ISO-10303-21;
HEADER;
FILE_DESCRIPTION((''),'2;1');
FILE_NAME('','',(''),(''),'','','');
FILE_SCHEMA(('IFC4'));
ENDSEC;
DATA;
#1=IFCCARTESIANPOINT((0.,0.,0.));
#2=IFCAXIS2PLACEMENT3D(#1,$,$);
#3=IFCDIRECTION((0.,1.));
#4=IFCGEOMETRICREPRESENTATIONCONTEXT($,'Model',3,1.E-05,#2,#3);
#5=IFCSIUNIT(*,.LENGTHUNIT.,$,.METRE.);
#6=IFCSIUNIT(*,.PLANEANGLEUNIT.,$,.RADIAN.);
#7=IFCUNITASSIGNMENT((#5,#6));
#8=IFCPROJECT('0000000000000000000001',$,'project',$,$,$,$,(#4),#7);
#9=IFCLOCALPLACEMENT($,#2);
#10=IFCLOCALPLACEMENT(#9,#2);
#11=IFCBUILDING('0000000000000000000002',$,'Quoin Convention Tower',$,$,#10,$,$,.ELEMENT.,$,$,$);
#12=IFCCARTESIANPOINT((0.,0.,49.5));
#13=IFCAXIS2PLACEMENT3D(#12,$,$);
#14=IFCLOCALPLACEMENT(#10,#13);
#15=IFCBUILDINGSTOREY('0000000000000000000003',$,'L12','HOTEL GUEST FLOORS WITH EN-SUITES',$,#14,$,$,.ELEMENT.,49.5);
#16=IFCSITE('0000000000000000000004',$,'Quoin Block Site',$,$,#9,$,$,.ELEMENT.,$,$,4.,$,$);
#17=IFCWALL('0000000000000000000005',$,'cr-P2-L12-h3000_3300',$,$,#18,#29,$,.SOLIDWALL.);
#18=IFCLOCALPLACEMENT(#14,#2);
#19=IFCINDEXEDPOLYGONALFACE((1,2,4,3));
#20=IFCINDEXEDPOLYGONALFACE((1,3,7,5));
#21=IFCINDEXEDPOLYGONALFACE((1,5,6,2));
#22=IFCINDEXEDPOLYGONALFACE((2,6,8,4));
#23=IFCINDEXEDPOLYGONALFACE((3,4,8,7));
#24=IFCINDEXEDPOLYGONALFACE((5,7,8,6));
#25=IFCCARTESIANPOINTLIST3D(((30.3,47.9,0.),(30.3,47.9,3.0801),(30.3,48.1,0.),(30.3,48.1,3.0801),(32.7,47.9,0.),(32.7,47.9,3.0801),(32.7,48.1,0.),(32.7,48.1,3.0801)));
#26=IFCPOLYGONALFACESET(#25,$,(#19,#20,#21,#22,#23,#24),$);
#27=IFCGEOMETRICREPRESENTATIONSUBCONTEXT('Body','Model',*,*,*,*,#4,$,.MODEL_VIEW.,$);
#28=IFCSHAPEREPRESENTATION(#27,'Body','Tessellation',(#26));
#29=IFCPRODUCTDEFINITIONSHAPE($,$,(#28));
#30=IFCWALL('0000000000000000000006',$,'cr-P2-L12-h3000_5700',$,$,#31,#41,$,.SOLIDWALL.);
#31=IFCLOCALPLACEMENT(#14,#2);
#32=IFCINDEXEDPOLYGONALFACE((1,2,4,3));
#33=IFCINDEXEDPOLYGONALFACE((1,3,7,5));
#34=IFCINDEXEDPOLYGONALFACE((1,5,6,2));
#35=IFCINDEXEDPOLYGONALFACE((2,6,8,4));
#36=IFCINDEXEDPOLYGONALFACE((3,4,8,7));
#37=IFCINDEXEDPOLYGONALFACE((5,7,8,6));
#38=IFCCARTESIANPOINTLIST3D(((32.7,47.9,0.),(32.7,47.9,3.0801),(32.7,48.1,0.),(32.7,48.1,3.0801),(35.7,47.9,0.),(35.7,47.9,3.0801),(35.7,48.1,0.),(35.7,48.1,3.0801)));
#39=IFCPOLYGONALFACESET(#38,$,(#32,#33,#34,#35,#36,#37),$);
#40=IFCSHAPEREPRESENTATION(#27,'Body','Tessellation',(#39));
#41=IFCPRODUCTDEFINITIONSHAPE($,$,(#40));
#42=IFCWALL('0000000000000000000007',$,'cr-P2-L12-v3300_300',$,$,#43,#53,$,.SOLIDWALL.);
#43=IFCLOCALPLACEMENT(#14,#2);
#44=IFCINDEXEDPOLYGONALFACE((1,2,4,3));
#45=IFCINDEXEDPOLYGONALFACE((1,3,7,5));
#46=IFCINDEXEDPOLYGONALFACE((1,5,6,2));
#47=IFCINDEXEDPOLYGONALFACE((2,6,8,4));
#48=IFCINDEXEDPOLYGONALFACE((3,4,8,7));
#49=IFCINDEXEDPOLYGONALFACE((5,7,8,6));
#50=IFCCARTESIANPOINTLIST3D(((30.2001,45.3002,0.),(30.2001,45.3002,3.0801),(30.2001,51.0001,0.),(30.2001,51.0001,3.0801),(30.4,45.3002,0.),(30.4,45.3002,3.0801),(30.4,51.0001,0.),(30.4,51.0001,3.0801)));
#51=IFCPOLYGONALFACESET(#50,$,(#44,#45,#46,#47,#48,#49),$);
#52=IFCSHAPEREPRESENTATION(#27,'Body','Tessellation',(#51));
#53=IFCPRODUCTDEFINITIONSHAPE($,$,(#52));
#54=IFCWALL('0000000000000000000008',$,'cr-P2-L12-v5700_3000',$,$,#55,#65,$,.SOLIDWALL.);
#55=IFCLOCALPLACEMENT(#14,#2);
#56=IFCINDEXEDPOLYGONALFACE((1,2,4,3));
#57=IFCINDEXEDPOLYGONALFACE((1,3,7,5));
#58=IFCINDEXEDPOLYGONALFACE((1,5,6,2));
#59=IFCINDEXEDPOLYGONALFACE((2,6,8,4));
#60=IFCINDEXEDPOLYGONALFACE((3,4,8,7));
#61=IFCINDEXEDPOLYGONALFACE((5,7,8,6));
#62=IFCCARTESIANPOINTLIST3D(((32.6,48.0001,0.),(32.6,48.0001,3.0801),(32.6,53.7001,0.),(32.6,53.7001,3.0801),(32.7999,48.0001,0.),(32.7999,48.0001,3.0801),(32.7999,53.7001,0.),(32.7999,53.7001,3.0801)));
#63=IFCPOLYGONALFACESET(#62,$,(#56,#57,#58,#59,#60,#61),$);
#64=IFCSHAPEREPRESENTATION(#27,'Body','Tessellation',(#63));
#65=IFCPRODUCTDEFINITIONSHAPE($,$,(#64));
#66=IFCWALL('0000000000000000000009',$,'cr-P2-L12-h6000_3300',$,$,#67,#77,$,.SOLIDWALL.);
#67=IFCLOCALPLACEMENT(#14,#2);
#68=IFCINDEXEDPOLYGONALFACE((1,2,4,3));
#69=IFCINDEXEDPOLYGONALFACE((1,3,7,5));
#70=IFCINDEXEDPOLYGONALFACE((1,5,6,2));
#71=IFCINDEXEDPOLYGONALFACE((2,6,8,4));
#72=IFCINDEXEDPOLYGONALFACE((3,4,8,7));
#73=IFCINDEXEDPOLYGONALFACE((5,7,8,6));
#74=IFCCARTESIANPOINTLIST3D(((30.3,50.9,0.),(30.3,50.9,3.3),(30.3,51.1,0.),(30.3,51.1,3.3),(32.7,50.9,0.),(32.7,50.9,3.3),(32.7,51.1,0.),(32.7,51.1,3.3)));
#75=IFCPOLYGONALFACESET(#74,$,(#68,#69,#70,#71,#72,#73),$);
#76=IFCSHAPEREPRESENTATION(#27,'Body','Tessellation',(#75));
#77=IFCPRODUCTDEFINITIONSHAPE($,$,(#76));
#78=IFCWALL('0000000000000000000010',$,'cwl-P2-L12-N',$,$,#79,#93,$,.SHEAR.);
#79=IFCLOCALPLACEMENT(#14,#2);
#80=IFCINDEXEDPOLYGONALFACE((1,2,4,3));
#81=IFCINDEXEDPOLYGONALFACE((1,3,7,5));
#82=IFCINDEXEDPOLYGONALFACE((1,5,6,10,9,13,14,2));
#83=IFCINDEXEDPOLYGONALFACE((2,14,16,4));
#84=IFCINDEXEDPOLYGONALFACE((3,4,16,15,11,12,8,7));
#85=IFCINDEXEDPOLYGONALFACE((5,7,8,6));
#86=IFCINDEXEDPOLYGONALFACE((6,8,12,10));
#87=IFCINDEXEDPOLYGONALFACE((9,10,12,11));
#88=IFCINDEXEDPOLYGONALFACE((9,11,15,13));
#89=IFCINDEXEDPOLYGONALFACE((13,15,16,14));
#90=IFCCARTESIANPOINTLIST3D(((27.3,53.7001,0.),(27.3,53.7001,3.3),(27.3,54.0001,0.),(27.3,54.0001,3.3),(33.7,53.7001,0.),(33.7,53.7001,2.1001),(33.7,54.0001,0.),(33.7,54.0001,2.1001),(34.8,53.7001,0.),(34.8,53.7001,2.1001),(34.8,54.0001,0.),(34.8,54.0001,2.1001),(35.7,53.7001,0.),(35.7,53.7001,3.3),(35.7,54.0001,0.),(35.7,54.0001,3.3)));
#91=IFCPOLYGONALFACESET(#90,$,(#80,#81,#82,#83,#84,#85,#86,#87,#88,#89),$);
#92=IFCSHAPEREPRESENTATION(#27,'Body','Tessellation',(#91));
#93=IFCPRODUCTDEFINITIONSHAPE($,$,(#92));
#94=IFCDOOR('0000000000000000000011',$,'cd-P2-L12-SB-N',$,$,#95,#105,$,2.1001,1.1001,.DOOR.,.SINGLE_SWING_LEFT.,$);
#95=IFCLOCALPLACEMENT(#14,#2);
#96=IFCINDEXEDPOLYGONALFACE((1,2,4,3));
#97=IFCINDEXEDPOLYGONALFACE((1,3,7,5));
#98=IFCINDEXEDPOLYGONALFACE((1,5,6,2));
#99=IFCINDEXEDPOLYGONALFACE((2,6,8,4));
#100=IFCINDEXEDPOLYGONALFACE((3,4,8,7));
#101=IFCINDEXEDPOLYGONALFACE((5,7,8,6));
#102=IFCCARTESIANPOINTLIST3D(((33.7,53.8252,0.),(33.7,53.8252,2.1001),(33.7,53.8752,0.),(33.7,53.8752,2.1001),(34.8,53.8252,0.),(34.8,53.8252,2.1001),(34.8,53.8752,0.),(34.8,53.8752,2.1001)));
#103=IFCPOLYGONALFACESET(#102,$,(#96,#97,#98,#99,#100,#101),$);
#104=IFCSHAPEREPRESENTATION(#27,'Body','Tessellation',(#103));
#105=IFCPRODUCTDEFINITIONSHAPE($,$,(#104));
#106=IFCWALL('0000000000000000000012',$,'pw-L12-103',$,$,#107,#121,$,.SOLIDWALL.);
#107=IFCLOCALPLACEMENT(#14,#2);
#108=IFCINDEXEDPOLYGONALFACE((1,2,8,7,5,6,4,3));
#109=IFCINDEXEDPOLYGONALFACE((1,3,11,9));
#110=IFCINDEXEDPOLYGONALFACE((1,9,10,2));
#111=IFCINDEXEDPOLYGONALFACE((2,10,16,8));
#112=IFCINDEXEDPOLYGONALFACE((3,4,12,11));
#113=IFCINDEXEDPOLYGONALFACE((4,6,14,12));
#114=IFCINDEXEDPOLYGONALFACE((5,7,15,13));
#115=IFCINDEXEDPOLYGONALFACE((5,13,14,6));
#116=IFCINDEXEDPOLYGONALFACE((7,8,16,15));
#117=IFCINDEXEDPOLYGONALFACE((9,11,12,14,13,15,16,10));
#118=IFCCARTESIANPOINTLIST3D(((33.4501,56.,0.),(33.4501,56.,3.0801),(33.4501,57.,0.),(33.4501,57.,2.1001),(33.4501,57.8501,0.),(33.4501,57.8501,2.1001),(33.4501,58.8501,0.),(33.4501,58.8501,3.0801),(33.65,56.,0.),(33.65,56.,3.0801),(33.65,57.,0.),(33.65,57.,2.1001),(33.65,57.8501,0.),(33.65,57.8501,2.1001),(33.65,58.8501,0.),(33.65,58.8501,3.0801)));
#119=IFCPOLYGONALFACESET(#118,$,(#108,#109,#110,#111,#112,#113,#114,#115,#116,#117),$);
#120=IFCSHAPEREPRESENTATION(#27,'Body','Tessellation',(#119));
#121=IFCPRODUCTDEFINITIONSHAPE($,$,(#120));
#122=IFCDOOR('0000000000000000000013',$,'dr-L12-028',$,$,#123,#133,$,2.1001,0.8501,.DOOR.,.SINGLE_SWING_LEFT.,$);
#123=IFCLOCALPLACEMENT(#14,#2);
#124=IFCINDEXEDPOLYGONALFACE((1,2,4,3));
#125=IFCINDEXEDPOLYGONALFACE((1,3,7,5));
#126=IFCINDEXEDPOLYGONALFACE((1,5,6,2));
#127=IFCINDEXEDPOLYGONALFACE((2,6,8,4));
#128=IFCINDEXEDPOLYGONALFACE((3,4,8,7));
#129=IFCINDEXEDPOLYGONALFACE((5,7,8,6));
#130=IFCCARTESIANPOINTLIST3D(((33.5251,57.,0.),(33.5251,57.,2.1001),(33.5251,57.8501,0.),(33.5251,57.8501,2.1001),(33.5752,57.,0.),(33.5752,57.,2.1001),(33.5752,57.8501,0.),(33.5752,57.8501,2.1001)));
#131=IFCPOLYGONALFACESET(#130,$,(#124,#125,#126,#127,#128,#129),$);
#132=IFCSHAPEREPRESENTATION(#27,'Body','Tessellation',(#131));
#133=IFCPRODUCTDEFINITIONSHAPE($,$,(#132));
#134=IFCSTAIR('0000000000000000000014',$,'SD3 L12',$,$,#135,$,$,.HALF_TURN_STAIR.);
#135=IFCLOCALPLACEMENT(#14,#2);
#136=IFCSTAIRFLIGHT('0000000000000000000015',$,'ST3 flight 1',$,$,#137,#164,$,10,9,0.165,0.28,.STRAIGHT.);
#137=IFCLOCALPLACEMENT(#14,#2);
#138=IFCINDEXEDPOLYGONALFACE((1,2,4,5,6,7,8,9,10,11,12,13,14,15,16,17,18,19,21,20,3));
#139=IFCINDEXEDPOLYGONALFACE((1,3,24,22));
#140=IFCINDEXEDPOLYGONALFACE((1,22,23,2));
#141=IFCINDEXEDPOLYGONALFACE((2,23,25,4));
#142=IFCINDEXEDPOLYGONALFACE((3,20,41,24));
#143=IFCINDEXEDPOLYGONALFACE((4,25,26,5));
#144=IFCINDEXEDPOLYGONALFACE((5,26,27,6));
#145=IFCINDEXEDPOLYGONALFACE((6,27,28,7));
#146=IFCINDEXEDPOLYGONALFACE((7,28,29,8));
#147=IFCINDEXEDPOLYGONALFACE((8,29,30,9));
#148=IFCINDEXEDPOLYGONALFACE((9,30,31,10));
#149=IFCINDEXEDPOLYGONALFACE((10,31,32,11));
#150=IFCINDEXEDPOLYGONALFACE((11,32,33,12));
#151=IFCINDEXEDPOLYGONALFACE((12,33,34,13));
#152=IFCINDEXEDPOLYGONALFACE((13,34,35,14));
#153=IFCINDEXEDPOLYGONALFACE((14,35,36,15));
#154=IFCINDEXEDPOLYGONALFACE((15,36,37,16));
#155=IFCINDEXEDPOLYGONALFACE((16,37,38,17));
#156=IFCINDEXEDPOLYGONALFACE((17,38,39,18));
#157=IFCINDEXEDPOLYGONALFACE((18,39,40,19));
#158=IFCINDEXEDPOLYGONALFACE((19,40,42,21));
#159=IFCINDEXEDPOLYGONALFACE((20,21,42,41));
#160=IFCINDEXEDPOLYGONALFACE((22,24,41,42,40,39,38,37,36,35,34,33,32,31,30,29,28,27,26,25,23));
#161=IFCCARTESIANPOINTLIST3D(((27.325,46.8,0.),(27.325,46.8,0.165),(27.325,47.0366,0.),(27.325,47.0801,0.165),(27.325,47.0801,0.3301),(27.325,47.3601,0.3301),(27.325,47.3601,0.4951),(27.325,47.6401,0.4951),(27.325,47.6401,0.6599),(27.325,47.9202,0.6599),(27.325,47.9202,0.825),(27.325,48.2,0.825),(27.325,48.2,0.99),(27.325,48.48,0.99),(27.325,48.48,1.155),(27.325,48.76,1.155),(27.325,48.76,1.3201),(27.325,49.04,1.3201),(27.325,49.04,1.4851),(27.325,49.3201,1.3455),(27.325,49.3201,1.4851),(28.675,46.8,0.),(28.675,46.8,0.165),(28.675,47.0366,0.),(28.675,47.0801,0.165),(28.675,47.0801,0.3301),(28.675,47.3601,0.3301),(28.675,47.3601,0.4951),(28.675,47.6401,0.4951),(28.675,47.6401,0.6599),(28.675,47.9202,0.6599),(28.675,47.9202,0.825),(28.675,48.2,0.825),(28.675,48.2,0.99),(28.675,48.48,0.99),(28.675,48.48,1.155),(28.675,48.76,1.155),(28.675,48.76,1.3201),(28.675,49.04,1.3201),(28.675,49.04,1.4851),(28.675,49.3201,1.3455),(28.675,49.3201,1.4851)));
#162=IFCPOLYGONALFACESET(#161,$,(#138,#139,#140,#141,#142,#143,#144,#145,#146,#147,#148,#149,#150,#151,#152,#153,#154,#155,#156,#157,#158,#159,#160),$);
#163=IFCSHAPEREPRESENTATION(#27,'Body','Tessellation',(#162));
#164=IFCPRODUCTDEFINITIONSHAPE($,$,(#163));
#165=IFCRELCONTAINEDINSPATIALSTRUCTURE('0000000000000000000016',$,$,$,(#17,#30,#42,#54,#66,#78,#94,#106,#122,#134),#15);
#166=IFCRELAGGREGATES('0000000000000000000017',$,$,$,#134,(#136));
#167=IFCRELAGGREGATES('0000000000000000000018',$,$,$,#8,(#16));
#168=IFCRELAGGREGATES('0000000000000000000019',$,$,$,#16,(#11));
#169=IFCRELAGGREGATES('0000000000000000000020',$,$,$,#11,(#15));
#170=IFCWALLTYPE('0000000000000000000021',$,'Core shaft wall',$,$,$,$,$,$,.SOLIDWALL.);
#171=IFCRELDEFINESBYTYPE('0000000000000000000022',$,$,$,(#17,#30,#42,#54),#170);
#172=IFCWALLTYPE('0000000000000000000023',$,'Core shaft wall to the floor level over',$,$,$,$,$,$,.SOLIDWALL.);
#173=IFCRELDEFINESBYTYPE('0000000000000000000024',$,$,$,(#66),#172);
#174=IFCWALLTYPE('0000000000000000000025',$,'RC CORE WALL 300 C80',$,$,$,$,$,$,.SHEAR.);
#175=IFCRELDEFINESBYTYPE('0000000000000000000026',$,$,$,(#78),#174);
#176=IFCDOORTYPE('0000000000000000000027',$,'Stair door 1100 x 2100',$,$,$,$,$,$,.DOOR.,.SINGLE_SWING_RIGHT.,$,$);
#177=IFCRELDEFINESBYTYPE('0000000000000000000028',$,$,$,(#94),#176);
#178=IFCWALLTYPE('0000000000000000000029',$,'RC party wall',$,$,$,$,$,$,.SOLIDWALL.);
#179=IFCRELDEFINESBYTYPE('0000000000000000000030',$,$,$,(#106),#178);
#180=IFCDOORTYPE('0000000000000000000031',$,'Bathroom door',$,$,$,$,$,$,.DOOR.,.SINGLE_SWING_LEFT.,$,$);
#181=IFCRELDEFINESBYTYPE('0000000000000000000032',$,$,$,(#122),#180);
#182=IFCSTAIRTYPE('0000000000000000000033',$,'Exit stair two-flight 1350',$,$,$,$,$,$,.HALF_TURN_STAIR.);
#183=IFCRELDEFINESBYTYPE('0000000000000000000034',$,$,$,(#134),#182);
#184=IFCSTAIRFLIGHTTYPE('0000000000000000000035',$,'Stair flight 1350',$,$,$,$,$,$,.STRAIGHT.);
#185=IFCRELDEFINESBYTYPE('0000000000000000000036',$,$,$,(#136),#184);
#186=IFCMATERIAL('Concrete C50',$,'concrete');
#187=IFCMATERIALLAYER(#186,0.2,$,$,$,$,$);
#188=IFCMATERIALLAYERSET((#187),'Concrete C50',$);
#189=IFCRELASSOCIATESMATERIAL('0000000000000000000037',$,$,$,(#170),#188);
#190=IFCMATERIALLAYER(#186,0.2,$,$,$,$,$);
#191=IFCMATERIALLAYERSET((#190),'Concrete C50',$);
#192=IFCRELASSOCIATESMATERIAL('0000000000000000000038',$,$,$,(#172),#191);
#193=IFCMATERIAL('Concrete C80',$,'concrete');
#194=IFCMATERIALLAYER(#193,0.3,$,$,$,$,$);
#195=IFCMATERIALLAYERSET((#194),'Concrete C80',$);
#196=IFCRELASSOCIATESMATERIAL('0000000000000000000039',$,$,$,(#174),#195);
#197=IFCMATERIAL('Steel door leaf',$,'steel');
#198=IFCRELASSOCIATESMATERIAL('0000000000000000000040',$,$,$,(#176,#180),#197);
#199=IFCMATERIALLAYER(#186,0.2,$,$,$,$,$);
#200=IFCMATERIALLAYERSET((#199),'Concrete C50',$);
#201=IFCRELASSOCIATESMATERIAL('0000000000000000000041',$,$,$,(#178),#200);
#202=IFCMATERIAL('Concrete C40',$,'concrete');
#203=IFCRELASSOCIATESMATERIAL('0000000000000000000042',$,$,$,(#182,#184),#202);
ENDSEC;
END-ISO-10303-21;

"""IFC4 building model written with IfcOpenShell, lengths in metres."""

from ifc_helpers import new_model, si_unit, direction, frame, frame_2d, origin, place, context, subcontext, project, spatial, polyline, rectangle, outline, extrude, material, layer, layer_set, type_object, element, fill, aggregate, save


model = new_model("IFC4")

# Units and contexts
model_context = context("Model", 3, precision=1e-05, world=origin(), true_north=direction((0.0, 1.0)))
body_context = subcontext(model_context, "Body", "Model", "MODEL_VIEW")
ifc_project = project(units=[si_unit("LENGTHUNIT", "METRE"), si_unit("PLANEANGLEUNIT", "RADIAN")], contexts=[model_context])

# Site, building, storey
site_placement = place(None, origin())
site = spatial("IfcSite", under=ifc_project, at=site_placement, Name="Quoin Block Site", CompositionType="ELEMENT", RefElevation=4.0)
building_placement = place(site_placement, origin())
building = spatial("IfcBuilding", under=site, at=building_placement, Name="Quoin Convention Tower", CompositionType="ELEMENT")
storey_placement = place(building_placement, frame((0.0, 0.0, 49.5)))
storey = spatial("IfcBuildingStorey", under=building, at=storey_placement, Name="L12", Description="HOTEL GUEST FLOORS WITH EN-SUITES", CompositionType="ELEMENT", Elevation=49.5)

# Walls
ifc_material_1 = material(Name="Concrete C50", Category="concrete")
ifc_layer_1 = layer(ifc_material_1, 0.2)
ifc_layer_set_1 = layer_set([ifc_layer_1], Name="Concrete C50")
wall_type_1 = type_object("IfcWallType", Name="Core shaft wall", PredefinedType="SOLIDWALL", material=ifc_layer_set_1)
wall_1_placement = place(storey_placement, frame((30.3, 48.0, 0.0), z_axis=(0.0, 0.0, 1.0), x_axis=(1.0, 0.0, 0.0)))
element("IfcWall", 1, at=wall_1_placement, inside=storey, type_object=wall_type_1, Name="cr-P2-L12-h3000_3300", PredefinedType="SOLIDWALL", context=body_context, shape_type="SweptSolid", body=[
    extrude(rectangle(XDim=2.3999, YDim=0.2, at=frame_2d((1.2, 0.0))), origin(), (0.0, 0.0, 1.0), 3.0801),
])
wall_2_placement = place(storey_placement, frame((32.7, 48.0, 0.0), z_axis=(0.0, 0.0, 1.0), x_axis=(1.0, 0.0, 0.0)))
element("IfcWall", 2, at=wall_2_placement, inside=storey, type_object=wall_type_1, Name="cr-P2-L12-h3000_5700", PredefinedType="SOLIDWALL", context=body_context, shape_type="SweptSolid", body=[
    extrude(rectangle(XDim=3.0, YDim=0.2, at=frame_2d((1.5, 0.0))), origin(), (0.0, 0.0, 1.0), 3.0801),
])
for number, where, z_axis, x_axis, name in (
    (3, (30.3, 45.3, 0.0), (0.0, 0.0, 1.0), (0.0, 1.0, 0.0), "cr-P2-L12-v3300_300"),
    (4, (32.7, 48.0, 0.0), (0.0, 0.0, 1.0), (0.0, 1.0, 0.0), "cr-P2-L12-v5700_3000"),
):
    element("IfcWall", number, at=place(storey_placement, frame(where, z_axis=z_axis, x_axis=x_axis)), inside=storey, type_object=wall_type_1, Name=name, PredefinedType="SOLIDWALL", context=body_context, shape_type="SweptSolid", body=[
        extrude(rectangle(XDim=5.7, YDim=0.2, at=frame_2d((2.8501, 0.0))), origin(), (0.0, 0.0, 1.0), 3.0801),
    ])
ifc_layer_2 = layer(ifc_material_1, 0.2)
ifc_layer_set_2 = layer_set([ifc_layer_2], Name="Concrete C50")
wall_type_2 = type_object("IfcWallType", Name="Core shaft wall to the floor level over", PredefinedType="SOLIDWALL", material=ifc_layer_set_2)
wall_3_placement = place(storey_placement, frame((30.3, 51.0, 0.0), z_axis=(0.0, 0.0, 1.0), x_axis=(1.0, 0.0, 0.0)))
element("IfcWall", 5, at=wall_3_placement, inside=storey, type_object=wall_type_2, Name="cr-P2-L12-h6000_3300", PredefinedType="SOLIDWALL", context=body_context, shape_type="SweptSolid", body=[
    extrude(rectangle(XDim=2.3999, YDim=0.2, at=frame_2d((1.2, 0.0))), origin(), (0.0, 0.0, 1.0), 3.3),
])

# Walls, openings, doors
ifc_material_2 = material(Name="Concrete C80", Category="concrete")
ifc_layer_3 = layer(ifc_material_2, 0.3)
ifc_layer_set_3 = layer_set([ifc_layer_3], Name="Concrete C80")
wall_type_3 = type_object("IfcWallType", Name="RC CORE WALL 300 C80", PredefinedType="SHEAR", material=ifc_layer_set_3)
wall_4_placement = place(storey_placement, frame((27.3, 53.8501, 0.0), z_axis=(0.0, 0.0, 1.0), x_axis=(1.0, 0.0, 0.0)))
wall_4 = element("IfcWall", 6, at=wall_4_placement, inside=storey, type_object=wall_type_3, Name="cwl-P2-L12-N", PredefinedType="SHEAR", context=body_context, shape_type="SweptSolid", body=[
    extrude(rectangle(XDim=8.3999, YDim=0.3, at=frame_2d((4.2, 0.0))), origin(), (0.0, 0.0, 1.0), 3.3),
])
opening_1_placement = place(wall_4_placement, frame((6.3999, 0.0, 0.0)))
opening_1 = element("IfcOpeningElement", 7, at=opening_1_placement, cuts=wall_4, PredefinedType="OPENING", context=body_context, shape_type="SweptSolid", body=[
    extrude(rectangle(XDim=1.1001, YDim=2.1001, at=frame_2d((0.55, 1.05))), frame((0.0, 0.1599, 0.0), z_axis=(0.0, -1.0, 0.0), x_axis=(1.0, 0.0, 0.0)), (0.0, 0.0, 1.0), 0.3201),
])
ifc_material_3 = material(Name="Steel door leaf", Category="steel")
door_type_1 = type_object("IfcDoorType", Name="Stair door 1100 x 2100", OperationType="SINGLE_SWING_RIGHT", PredefinedType="DOOR", material=ifc_material_3)
door_1_placement = place(opening_1_placement, frame((1.1001, 0.0, 0.0), z_axis=(0.0, 0.0, 1.0), x_axis=(-1.0, 0.0, 0.0)))
door_1 = element("IfcDoor", 8, at=door_1_placement, inside=storey, type_object=door_type_1, Name="cd-P2-L12-SB-N", OperationType="SINGLE_SWING_LEFT", OverallHeight=2.1001, OverallWidth=1.1001, PredefinedType="DOOR", context=body_context, shape_type="SweptSolid", body=[
    extrude(rectangle(XDim=1.1001, YDim=2.1001, at=frame_2d((0.55, 1.05))), frame((0.0, 0.0249, 0.0), z_axis=(0.0, -1.0, 0.0), x_axis=(1.0, 0.0, 0.0)), (0.0, 0.0, 1.0), 0.05),
])
fill(opening_1, door_1)
ifc_layer_4 = layer(ifc_material_1, 0.2)
ifc_layer_set_4 = layer_set([ifc_layer_4], Name="Concrete C50")
wall_type_4 = type_object("IfcWallType", Name="RC party wall", PredefinedType="SOLIDWALL", material=ifc_layer_set_4)
wall_5_placement = place(storey_placement, frame((33.55, 56.0, 0.0), z_axis=(0.0, 0.0, 1.0), x_axis=(0.0, 1.0, 0.0)))
wall_5 = element("IfcWall", 9, at=wall_5_placement, inside=storey, type_object=wall_type_4, Name="pw-L12-103", PredefinedType="SOLIDWALL", context=body_context, shape_type="SweptSolid", body=[
    extrude(rectangle(XDim=2.8501, YDim=0.2, at=frame_2d((1.425, 0.0))), origin(), (0.0, 0.0, 1.0), 3.0801),
])
opening_2_placement = place(wall_5_placement, frame((1.0, 0.0, 0.0)))
opening_2 = element("IfcOpeningElement", 10, at=opening_2_placement, cuts=wall_5, PredefinedType="OPENING", context=body_context, shape_type="SweptSolid", body=[
    extrude(rectangle(XDim=0.8501, YDim=2.1001, at=frame_2d((0.425, 1.05))), frame((0.0, 0.1099, 0.0), z_axis=(0.0, -1.0, 0.0), x_axis=(1.0, 0.0, 0.0)), (0.0, 0.0, 1.0), 0.22),
])
door_type_2 = type_object("IfcDoorType", Name="Bathroom door", OperationType="SINGLE_SWING_LEFT", PredefinedType="DOOR", material=ifc_material_3)
door_2_placement = place(opening_2_placement, origin())
door_2 = element("IfcDoor", 11, at=door_2_placement, inside=storey, type_object=door_type_2, Name="dr-L12-028", OperationType="SINGLE_SWING_LEFT", OverallHeight=2.1001, OverallWidth=0.8501, PredefinedType="DOOR", context=body_context, shape_type="SweptSolid", body=[
    extrude(rectangle(XDim=0.8501, YDim=2.1001, at=frame_2d((0.425, 1.05))), frame((0.0, 0.0249, 0.0), z_axis=(0.0, -1.0, 0.0), x_axis=(1.0, 0.0, 0.0)), (0.0, 0.0, 1.0), 0.05),
])
fill(opening_2, door_2)

# Stair, stair flight
ifc_material_4 = material(Name="Concrete C40", Category="concrete")
stair_type = type_object("IfcStairType", Name="Exit stair two-flight 1350", PredefinedType="HALF_TURN_STAIR", material=ifc_material_4)
stair_1_placement = place(storey_placement, origin())
stair_1 = element("IfcStair", 12, at=stair_1_placement, inside=storey, type_object=stair_type, Name="SD3 L12", PredefinedType="HALF_TURN_STAIR")
stair_flight_type = type_object("IfcStairFlightType", Name="Stair flight 1350", PredefinedType="STRAIGHT", material=ifc_material_4)
stair_flight_1_placement = place(storey_placement, frame((28.0, 46.8, 0.0), z_axis=(0.0, 0.0, 1.0), x_axis=(0.0, 1.0, 0.0)))
stair_flight_1 = element("IfcStairFlight", 13, at=stair_flight_1_placement, type_object=stair_flight_type, Name="ST3 flight 1", NumberOfRisers=10, NumberOfTreads=9, PredefinedType="STRAIGHT", RiserHeight=0.165, TreadLength=0.28, context=body_context, shape_type="SweptSolid", body=[
    extrude(outline(polyline([(0.0, 0.0), (0.0, 0.165), (0.28, 0.165), (0.28, 0.3301), (0.5601, 0.3301), (0.5601, 0.4951), (0.8401, 0.4951), (0.8401, 0.6599), (1.1201, 0.6599), (1.1201, 0.825), (1.3999, 0.825), (1.3999, 0.99), (1.6799, 0.99), (1.6799, 1.155), (1.96, 1.155), (1.96, 1.3201), (2.24, 1.3201), (2.24, 1.4851), (2.52, 1.4851), (2.52, 1.6499), (2.52, 1.3455), (0.2366, 0.0), (0.0, 0.0)])), frame((0.0, 0.675, 0.0), z_axis=(0.0, -1.0, 0.0), x_axis=(1.0, 0.0, 0.0)), (0.0, 0.0, 1.0), 1.3501),
])
aggregate(stair_1, [stair_flight_1])

save(model, "model.ifc")
